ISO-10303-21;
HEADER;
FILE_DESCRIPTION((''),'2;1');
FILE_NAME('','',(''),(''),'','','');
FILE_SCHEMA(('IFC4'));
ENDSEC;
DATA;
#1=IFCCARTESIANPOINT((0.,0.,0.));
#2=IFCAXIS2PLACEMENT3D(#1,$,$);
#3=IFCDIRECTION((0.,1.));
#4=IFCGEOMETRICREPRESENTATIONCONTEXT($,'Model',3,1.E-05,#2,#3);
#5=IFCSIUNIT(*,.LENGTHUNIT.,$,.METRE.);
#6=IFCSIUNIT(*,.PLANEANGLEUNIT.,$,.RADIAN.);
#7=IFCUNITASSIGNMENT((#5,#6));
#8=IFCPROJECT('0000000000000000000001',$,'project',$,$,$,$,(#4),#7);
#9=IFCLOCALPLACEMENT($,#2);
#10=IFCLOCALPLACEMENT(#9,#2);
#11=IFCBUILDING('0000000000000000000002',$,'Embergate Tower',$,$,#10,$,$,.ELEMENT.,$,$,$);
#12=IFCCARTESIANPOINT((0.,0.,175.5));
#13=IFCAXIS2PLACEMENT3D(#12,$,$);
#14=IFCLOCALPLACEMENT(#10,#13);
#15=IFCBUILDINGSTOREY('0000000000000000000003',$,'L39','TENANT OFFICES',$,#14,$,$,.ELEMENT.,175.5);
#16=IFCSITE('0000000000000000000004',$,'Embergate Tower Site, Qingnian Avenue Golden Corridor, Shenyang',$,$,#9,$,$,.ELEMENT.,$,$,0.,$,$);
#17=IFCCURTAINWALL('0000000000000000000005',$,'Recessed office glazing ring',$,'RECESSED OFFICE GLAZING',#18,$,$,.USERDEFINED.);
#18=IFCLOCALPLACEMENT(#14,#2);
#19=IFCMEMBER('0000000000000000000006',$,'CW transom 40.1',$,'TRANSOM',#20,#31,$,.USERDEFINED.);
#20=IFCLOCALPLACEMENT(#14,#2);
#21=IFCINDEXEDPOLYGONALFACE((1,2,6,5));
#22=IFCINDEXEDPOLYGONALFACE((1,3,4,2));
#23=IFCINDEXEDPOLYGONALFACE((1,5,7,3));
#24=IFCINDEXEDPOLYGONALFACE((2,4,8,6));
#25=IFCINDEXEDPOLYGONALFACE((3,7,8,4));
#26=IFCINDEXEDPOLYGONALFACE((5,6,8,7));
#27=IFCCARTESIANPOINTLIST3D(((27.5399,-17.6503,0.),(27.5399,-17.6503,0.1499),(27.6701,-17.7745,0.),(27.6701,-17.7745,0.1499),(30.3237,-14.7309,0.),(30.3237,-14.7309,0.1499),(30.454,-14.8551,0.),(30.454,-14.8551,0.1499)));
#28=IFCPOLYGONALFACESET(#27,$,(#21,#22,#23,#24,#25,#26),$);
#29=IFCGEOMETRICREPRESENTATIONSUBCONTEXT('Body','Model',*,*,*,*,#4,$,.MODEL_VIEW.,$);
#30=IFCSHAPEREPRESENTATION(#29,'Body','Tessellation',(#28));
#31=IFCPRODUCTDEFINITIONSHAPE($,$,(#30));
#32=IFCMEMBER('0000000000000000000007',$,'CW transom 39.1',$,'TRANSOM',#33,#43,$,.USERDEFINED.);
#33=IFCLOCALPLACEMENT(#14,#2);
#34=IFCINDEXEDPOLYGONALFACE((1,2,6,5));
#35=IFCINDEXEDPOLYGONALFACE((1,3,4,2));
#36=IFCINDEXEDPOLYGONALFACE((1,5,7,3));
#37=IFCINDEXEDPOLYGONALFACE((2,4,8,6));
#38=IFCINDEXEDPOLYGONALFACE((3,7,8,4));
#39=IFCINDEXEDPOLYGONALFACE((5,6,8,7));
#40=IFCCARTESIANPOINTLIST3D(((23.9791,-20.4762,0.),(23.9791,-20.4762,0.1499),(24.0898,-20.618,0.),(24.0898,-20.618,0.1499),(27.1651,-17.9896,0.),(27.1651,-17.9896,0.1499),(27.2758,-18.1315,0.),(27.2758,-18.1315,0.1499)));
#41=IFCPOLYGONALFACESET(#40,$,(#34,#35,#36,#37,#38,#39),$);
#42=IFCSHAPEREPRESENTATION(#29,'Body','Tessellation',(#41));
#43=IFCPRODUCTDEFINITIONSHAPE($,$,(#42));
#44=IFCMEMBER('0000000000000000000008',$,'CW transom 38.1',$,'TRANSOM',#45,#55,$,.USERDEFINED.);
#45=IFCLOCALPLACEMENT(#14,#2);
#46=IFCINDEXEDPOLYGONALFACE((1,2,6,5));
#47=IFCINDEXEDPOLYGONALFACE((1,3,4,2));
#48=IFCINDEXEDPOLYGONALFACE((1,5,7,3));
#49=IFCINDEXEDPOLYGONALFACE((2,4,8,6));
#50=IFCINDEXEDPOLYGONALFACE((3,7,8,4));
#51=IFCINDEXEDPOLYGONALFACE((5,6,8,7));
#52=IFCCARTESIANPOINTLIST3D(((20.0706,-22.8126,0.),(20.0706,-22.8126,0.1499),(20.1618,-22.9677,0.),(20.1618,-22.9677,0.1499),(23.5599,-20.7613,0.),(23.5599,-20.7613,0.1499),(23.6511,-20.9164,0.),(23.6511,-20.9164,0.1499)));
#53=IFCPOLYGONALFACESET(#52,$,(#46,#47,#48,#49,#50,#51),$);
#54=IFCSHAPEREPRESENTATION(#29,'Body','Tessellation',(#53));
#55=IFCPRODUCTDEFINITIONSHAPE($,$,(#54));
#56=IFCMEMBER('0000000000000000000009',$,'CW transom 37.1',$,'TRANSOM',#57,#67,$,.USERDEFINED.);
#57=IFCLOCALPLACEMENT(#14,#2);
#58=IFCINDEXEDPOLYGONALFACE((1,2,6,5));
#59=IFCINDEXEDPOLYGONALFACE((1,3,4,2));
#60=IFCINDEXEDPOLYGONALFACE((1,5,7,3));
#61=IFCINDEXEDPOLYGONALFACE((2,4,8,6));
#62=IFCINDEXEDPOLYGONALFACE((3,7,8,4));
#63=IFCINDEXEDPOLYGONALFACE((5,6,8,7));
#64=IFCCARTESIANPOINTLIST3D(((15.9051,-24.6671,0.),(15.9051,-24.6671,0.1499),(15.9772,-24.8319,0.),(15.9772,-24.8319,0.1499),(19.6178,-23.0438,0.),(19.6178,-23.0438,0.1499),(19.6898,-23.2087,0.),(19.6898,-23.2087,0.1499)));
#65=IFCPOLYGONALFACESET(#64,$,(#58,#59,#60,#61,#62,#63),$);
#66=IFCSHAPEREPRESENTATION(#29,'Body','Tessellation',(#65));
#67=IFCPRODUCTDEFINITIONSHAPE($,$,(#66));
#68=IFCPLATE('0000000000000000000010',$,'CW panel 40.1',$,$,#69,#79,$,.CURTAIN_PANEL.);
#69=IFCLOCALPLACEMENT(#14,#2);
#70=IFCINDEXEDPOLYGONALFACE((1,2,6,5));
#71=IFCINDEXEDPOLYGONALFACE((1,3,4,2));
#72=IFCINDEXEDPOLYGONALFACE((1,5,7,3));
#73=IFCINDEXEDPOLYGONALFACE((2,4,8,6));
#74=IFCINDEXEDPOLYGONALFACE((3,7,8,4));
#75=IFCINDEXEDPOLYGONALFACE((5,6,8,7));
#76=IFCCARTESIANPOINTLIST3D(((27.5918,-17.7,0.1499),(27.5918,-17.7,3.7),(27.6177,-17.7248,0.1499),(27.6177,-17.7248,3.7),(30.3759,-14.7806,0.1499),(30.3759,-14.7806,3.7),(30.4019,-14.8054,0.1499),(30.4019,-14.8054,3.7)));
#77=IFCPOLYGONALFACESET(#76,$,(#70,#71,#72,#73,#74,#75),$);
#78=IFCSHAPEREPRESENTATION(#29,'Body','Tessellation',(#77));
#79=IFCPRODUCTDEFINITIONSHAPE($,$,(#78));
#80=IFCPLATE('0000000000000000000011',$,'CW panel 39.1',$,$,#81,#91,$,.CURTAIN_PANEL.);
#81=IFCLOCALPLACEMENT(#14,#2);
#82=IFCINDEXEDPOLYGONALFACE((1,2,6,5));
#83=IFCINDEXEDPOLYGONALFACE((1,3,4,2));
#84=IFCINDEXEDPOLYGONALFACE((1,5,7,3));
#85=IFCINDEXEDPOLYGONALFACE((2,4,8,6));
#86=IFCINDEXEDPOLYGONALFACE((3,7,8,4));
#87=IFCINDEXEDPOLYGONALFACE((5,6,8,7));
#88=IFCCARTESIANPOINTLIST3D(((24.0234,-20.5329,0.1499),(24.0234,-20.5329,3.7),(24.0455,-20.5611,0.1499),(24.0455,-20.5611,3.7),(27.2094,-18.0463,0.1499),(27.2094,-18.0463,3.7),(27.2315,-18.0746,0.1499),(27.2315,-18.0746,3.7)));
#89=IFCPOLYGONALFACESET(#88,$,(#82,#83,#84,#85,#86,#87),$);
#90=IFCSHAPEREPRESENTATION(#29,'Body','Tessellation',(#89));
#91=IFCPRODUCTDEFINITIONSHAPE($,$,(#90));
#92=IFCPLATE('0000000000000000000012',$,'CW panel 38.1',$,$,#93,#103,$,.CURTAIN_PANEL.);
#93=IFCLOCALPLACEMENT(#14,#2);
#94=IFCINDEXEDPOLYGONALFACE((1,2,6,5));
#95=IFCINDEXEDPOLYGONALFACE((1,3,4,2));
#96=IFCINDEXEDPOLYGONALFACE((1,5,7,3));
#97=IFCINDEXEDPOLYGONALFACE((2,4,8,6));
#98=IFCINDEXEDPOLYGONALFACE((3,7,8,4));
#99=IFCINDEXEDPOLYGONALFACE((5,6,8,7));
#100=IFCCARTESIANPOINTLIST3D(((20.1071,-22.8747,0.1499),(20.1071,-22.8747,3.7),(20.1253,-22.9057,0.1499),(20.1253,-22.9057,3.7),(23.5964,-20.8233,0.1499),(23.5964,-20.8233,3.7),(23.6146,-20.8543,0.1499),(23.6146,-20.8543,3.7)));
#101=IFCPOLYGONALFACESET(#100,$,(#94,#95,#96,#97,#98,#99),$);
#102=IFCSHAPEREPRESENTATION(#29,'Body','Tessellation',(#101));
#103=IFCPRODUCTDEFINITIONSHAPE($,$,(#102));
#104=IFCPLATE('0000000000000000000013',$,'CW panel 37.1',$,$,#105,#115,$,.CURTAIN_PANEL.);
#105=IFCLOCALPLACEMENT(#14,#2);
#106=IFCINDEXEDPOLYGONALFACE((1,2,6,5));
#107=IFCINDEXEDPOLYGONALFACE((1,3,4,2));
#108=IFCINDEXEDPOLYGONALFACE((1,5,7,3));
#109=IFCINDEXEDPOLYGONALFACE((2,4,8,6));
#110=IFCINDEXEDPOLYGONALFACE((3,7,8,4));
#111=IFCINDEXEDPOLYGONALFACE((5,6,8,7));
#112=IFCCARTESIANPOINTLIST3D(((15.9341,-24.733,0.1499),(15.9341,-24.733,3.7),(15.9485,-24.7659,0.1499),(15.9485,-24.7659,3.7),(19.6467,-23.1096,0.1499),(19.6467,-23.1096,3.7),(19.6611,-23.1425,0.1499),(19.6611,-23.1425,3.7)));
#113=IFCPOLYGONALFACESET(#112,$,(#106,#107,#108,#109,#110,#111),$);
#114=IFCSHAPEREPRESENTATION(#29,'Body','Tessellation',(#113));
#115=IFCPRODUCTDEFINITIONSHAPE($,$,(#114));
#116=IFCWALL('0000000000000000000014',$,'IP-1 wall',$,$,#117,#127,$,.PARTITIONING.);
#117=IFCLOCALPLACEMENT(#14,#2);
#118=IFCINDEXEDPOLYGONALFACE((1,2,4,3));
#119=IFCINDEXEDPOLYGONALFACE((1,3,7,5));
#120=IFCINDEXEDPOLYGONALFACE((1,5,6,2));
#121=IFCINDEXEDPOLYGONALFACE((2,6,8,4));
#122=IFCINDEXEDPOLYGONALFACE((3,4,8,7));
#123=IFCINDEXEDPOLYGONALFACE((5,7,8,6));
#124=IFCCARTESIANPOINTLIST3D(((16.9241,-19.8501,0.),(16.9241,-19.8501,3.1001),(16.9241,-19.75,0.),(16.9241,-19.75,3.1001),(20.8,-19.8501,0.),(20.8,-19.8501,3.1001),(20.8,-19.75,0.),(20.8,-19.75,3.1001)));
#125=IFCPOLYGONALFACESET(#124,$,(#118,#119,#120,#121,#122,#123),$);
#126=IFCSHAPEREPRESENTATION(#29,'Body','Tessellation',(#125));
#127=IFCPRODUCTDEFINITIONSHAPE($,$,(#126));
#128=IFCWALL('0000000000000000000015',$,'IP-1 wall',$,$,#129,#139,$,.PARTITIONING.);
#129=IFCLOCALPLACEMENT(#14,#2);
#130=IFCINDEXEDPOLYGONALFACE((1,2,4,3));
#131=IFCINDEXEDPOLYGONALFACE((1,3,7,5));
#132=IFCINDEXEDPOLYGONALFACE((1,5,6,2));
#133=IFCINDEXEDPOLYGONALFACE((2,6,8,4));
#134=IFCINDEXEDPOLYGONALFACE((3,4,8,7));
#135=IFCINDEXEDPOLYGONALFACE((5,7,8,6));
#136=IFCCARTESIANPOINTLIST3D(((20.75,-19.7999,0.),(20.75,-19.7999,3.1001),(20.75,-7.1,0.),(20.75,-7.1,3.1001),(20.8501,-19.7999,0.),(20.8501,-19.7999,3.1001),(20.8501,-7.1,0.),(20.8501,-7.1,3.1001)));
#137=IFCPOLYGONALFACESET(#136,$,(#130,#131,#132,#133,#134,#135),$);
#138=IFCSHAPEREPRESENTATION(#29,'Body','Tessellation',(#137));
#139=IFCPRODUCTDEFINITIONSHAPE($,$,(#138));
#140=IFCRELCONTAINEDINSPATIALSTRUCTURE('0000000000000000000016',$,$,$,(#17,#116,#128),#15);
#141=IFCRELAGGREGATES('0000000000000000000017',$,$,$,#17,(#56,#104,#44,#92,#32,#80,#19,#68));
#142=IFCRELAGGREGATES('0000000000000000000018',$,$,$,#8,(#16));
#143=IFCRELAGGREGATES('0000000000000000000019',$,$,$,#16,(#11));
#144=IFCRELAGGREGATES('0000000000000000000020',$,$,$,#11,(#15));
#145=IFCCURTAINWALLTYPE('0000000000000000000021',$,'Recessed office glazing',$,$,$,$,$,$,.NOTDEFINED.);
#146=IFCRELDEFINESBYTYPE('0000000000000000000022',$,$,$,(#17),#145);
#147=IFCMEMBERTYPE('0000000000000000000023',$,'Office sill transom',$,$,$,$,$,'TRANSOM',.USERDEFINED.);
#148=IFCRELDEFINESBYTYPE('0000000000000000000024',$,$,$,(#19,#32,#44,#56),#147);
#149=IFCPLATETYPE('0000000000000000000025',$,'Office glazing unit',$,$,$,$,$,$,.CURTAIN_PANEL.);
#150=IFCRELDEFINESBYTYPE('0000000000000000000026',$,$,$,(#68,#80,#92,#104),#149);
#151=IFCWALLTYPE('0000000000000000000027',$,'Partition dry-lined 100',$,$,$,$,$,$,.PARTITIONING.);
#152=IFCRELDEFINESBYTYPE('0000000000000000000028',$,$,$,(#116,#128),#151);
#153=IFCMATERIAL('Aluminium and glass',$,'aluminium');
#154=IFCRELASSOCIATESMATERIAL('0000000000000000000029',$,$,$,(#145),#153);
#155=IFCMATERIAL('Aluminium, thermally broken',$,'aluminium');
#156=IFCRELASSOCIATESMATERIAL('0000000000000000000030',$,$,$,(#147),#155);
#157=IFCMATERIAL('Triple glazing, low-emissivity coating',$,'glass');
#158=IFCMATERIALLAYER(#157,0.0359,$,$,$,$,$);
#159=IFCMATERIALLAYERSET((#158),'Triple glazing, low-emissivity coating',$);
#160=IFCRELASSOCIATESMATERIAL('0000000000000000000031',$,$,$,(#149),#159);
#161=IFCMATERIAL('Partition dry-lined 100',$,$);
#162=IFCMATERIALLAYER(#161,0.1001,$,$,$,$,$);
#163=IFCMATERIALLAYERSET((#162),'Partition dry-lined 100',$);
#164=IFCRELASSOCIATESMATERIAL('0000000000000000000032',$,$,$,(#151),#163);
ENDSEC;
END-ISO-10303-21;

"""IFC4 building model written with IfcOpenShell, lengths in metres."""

from ifc_helpers import new_model, si_unit, direction, frame, frame_2d, origin, origin_2d, place, context, subcontext, project, spatial, rectangle, extrude, source, transform, mapped, material, layer, layer_set, material_profile, profile_set, type_object, element, aggregate, save


model = new_model("IFC4")

# Units and contexts
model_context = context("Model", 3, precision=1e-05, world=origin(), true_north=direction((0.0, 1.0)))
body_context = subcontext(model_context, "Body", "Model", "MODEL_VIEW")
ifc_project = project(units=[si_unit("LENGTHUNIT", "METRE"), si_unit("PLANEANGLEUNIT", "RADIAN")], contexts=[model_context])

# Site, building, storey
site_placement = place(None, origin())
site = spatial("IfcSite", under=ifc_project, at=site_placement, Name="Embergate Tower Site, Qingnian Avenue Golden Corridor, Shenyang", CompositionType="ELEMENT", RefElevation=0.0)
building_placement = place(site_placement, origin())
building = spatial("IfcBuilding", under=site, at=building_placement, Name="Embergate Tower", CompositionType="ELEMENT")
storey_placement = place(building_placement, frame((0.0, 0.0, 175.5)))
storey = spatial("IfcBuildingStorey", under=building, at=storey_placement, Name="L39", Description="TENANT OFFICES", CompositionType="ELEMENT", Elevation=175.5)

# Curtain wall, members, plates
ifc_material_1 = material(Name="Aluminium and glass", Category="aluminium")
curtain_wall_type = type_object("IfcCurtainWallType", Name="Recessed office glazing", PredefinedType="NOTDEFINED", material=ifc_material_1)
curtain_wall_placement = place(storey_placement, origin())
curtain_wall = element("IfcCurtainWall", 1, at=curtain_wall_placement, inside=storey, type_object=curtain_wall_type, Name="Recessed office glazing ring", ObjectType="RECESSED OFFICE GLAZING", PredefinedType="USERDEFINED")
ifc_material_2 = material(Name="Aluminium, thermally broken", Category="aluminium")
ifc_material_profile_1 = material_profile(ifc_material_2, rectangle(XDim=0.1799, YDim=0.1499, at=origin_2d()), Name="AL 150x180")
ifc_profile_set_1 = profile_set([ifc_material_profile_1], Name="Aluminium, thermally broken")
member_type_1 = type_object("IfcMemberType", Name="Office sill transom", ElementType="TRANSOM", PredefinedType="USERDEFINED", material=ifc_profile_set_1)
shared_shape_1 = source(origin(), body_context, "Body", "SweptSolid", [
    extrude(rectangle(XDim=0.1799, YDim=0.1499, at=origin_2d()), origin(), (0.0, 0.0, 1.0), 4.0339),
])
member_1_placement = place(storey_placement, frame((27.605, -17.7124, 0.075), z_axis=(0.690113, 0.723702, 0.0), x_axis=(-0.723702, 0.690113, 0.0)))
member_1 = element("IfcMember", 2, at=member_1_placement, type_object=member_type_1, Name="CW transom 40.1", ObjectType="TRANSOM", PredefinedType="USERDEFINED", context=body_context, shape_type="MappedRepresentation", body=[
    mapped(shared_shape_1, transform((0.0, 0.0, 0.0))),
])
shared_shape_2 = source(origin(), body_context, "Body", "SweptSolid", [
    extrude(rectangle(XDim=0.1799, YDim=0.1499, at=origin_2d()), origin(), (0.0, 0.0, 1.0), 4.0415),
])
member_2_placement = place(storey_placement, frame((24.0344, -20.5471, 0.075), z_axis=(0.788327, 0.615257, 0.0), x_axis=(-0.615257, 0.788327, 0.0)))
member_2 = element("IfcMember", 3, at=member_2_placement, type_object=member_type_1, Name="CW transom 39.1", ObjectType="TRANSOM", PredefinedType="USERDEFINED", context=body_context, shape_type="MappedRepresentation", body=[
    mapped(shared_shape_2, transform((0.0, 0.0, 0.0))),
])
shared_shape_3 = source(origin(), body_context, "Body", "SweptSolid", [
    extrude(rectangle(XDim=0.1799, YDim=0.1499, at=origin_2d()), origin(), (0.0, 0.0, 1.0), 4.0476),
])
member_3_placement = place(storey_placement, frame((20.1162, -22.8901, 0.075), z_axis=(0.862068, 0.506793, 0.0), x_axis=(-0.506793, 0.862068, 0.0)))
member_3 = element("IfcMember", 4, at=member_3_placement, type_object=member_type_1, Name="CW transom 38.1", ObjectType="TRANSOM", PredefinedType="USERDEFINED", context=body_context, shape_type="MappedRepresentation", body=[
    mapped(shared_shape_3, transform((0.0, 0.0, 0.0))),
])
shared_shape_4 = source(origin(), body_context, "Body", "SweptSolid", [
    extrude(rectangle(XDim=0.1799, YDim=0.1499, at=origin_2d()), origin(), (0.0, 0.0, 1.0), 4.052),
])
member_4_placement = place(storey_placement, frame((15.9412, -24.7495, 0.075), z_axis=(0.916247, 0.400613, 0.0), x_axis=(-0.400613, 0.916247, 0.0)))
member_4 = element("IfcMember", 5, at=member_4_placement, type_object=member_type_1, Name="CW transom 37.1", ObjectType="TRANSOM", PredefinedType="USERDEFINED", context=body_context, shape_type="MappedRepresentation", body=[
    mapped(shared_shape_4, transform((0.0, 0.0, 0.0))),
])
ifc_material_3 = material(Name="Triple glazing, low-emissivity coating", Category="glass")
ifc_layer_1 = layer(ifc_material_3, 0.0359)
ifc_layer_set_1 = layer_set([ifc_layer_1], Name="Triple glazing, low-emissivity coating")
plate_type = type_object("IfcPlateType", Name="Office glazing unit", PredefinedType="CURTAIN_PANEL", material=ifc_layer_set_1)
shared_shape_5 = source(origin(), body_context, "Body", "SweptSolid", [
    extrude(rectangle(XDim=4.0342, YDim=0.0359, at=origin_2d()), origin(), (0.0, 0.0, 1.0), 3.55),
])
plate_1_placement = place(storey_placement, frame((28.9968, -16.2527, 0.1499), z_axis=(0.0, 0.0, 1.0), x_axis=(0.69014, 0.723676, 0.0)))
plate_1 = element("IfcPlate", 6, at=plate_1_placement, type_object=plate_type, Name="CW panel 40.1", PredefinedType="CURTAIN_PANEL", context=body_context, shape_type="MappedRepresentation", body=[
    mapped(shared_shape_5, transform((0.0, 0.0, 0.0))),
])
shared_shape_6 = source(origin(), body_context, "Body", "SweptSolid", [
    extrude(rectangle(XDim=4.0415, YDim=0.0359, at=origin_2d()), origin(), (0.0, 0.0, 1.0), 3.55),
])
plate_2_placement = place(storey_placement, frame((25.6274, -19.3037, 0.1499), z_axis=(0.0, 0.0, 1.0), x_axis=(0.788324, 0.61526, 0.0)))
plate_2 = element("IfcPlate", 7, at=plate_2_placement, type_object=plate_type, Name="CW panel 39.1", PredefinedType="CURTAIN_PANEL", context=body_context, shape_type="MappedRepresentation", body=[
    mapped(shared_shape_6, transform((0.0, 0.0, 0.0))),
])
shared_shape_7 = source(origin(), body_context, "Body", "SweptSolid", [
    extrude(rectangle(XDim=4.0476, YDim=0.0359, at=origin_2d()), origin(), (0.0, 0.0, 1.0), 3.55),
])
plate_3_placement = place(storey_placement, frame((21.8608, -21.8645, 0.1499), z_axis=(0.0, 0.0, 1.0), x_axis=(0.862056, 0.506813, 0.0)))
plate_3 = element("IfcPlate", 8, at=plate_3_placement, type_object=plate_type, Name="CW panel 38.1", PredefinedType="CURTAIN_PANEL", context=body_context, shape_type="MappedRepresentation", body=[
    mapped(shared_shape_7, transform((0.0, 0.0, 0.0))),
])
shared_shape_8 = source(origin(), body_context, "Body", "SweptSolid", [
    extrude(rectangle(XDim=4.052, YDim=0.0359, at=origin_2d()), origin(), (0.0, 0.0, 1.0), 3.55),
])
plate_4_placement = place(storey_placement, frame((17.7976, -23.9377, 0.1499), z_axis=(0.0, 0.0, 1.0), x_axis=(0.916238, 0.400634, 0.0)))
plate_4 = element("IfcPlate", 9, at=plate_4_placement, type_object=plate_type, Name="CW panel 37.1", PredefinedType="CURTAIN_PANEL", context=body_context, shape_type="MappedRepresentation", body=[
    mapped(shared_shape_8, transform((0.0, 0.0, 0.0))),
])
aggregate(curtain_wall, [member_4, plate_4, member_3, plate_3, member_2, plate_2, member_1, plate_1])

# Walls
ifc_material_4 = material(Name="Partition dry-lined 100")
ifc_layer_2 = layer(ifc_material_4, 0.1001)
ifc_layer_set_2 = layer_set([ifc_layer_2], Name="Partition dry-lined 100")
wall_type = type_object("IfcWallType", Name="Partition dry-lined 100", PredefinedType="PARTITIONING", material=ifc_layer_set_2)
shared_shape_9 = source(origin(), body_context, "Body", "SweptSolid", [
    extrude(rectangle(XDim=3.876, YDim=0.1001, at=frame_2d((1.938, 0.0))), origin(), (0.0, 0.0, 1.0), 3.1001),
])
wall_1_placement = place(storey_placement, frame((16.9241, -19.8, 0.0), z_axis=(0.0, 0.0, 1.0), x_axis=(1.0, 0.0, 0.0)))
element("IfcWall", 10, at=wall_1_placement, inside=storey, type_object=wall_type, Name="IP-1 wall", PredefinedType="PARTITIONING", context=body_context, shape_type="MappedRepresentation", body=[
    mapped(shared_shape_9, transform((0.0, 0.0, 0.0))),
])
shared_shape_10 = source(origin(), body_context, "Body", "SweptSolid", [
    extrude(rectangle(XDim=12.7, YDim=0.1001, at=frame_2d((6.3501, 0.0))), origin(), (0.0, 0.0, 1.0), 3.1001),
])
wall_2_placement = place(storey_placement, frame((20.8, -19.8, 0.0), z_axis=(0.0, 0.0, 1.0), x_axis=(0.0, 1.0, 0.0)))
element("IfcWall", 11, at=wall_2_placement, inside=storey, type_object=wall_type, Name="IP-1 wall", PredefinedType="PARTITIONING", context=body_context, shape_type="MappedRepresentation", body=[
    mapped(shared_shape_10, transform((0.0, 0.0, 0.0))),
])

save(model, "model.ifc")
